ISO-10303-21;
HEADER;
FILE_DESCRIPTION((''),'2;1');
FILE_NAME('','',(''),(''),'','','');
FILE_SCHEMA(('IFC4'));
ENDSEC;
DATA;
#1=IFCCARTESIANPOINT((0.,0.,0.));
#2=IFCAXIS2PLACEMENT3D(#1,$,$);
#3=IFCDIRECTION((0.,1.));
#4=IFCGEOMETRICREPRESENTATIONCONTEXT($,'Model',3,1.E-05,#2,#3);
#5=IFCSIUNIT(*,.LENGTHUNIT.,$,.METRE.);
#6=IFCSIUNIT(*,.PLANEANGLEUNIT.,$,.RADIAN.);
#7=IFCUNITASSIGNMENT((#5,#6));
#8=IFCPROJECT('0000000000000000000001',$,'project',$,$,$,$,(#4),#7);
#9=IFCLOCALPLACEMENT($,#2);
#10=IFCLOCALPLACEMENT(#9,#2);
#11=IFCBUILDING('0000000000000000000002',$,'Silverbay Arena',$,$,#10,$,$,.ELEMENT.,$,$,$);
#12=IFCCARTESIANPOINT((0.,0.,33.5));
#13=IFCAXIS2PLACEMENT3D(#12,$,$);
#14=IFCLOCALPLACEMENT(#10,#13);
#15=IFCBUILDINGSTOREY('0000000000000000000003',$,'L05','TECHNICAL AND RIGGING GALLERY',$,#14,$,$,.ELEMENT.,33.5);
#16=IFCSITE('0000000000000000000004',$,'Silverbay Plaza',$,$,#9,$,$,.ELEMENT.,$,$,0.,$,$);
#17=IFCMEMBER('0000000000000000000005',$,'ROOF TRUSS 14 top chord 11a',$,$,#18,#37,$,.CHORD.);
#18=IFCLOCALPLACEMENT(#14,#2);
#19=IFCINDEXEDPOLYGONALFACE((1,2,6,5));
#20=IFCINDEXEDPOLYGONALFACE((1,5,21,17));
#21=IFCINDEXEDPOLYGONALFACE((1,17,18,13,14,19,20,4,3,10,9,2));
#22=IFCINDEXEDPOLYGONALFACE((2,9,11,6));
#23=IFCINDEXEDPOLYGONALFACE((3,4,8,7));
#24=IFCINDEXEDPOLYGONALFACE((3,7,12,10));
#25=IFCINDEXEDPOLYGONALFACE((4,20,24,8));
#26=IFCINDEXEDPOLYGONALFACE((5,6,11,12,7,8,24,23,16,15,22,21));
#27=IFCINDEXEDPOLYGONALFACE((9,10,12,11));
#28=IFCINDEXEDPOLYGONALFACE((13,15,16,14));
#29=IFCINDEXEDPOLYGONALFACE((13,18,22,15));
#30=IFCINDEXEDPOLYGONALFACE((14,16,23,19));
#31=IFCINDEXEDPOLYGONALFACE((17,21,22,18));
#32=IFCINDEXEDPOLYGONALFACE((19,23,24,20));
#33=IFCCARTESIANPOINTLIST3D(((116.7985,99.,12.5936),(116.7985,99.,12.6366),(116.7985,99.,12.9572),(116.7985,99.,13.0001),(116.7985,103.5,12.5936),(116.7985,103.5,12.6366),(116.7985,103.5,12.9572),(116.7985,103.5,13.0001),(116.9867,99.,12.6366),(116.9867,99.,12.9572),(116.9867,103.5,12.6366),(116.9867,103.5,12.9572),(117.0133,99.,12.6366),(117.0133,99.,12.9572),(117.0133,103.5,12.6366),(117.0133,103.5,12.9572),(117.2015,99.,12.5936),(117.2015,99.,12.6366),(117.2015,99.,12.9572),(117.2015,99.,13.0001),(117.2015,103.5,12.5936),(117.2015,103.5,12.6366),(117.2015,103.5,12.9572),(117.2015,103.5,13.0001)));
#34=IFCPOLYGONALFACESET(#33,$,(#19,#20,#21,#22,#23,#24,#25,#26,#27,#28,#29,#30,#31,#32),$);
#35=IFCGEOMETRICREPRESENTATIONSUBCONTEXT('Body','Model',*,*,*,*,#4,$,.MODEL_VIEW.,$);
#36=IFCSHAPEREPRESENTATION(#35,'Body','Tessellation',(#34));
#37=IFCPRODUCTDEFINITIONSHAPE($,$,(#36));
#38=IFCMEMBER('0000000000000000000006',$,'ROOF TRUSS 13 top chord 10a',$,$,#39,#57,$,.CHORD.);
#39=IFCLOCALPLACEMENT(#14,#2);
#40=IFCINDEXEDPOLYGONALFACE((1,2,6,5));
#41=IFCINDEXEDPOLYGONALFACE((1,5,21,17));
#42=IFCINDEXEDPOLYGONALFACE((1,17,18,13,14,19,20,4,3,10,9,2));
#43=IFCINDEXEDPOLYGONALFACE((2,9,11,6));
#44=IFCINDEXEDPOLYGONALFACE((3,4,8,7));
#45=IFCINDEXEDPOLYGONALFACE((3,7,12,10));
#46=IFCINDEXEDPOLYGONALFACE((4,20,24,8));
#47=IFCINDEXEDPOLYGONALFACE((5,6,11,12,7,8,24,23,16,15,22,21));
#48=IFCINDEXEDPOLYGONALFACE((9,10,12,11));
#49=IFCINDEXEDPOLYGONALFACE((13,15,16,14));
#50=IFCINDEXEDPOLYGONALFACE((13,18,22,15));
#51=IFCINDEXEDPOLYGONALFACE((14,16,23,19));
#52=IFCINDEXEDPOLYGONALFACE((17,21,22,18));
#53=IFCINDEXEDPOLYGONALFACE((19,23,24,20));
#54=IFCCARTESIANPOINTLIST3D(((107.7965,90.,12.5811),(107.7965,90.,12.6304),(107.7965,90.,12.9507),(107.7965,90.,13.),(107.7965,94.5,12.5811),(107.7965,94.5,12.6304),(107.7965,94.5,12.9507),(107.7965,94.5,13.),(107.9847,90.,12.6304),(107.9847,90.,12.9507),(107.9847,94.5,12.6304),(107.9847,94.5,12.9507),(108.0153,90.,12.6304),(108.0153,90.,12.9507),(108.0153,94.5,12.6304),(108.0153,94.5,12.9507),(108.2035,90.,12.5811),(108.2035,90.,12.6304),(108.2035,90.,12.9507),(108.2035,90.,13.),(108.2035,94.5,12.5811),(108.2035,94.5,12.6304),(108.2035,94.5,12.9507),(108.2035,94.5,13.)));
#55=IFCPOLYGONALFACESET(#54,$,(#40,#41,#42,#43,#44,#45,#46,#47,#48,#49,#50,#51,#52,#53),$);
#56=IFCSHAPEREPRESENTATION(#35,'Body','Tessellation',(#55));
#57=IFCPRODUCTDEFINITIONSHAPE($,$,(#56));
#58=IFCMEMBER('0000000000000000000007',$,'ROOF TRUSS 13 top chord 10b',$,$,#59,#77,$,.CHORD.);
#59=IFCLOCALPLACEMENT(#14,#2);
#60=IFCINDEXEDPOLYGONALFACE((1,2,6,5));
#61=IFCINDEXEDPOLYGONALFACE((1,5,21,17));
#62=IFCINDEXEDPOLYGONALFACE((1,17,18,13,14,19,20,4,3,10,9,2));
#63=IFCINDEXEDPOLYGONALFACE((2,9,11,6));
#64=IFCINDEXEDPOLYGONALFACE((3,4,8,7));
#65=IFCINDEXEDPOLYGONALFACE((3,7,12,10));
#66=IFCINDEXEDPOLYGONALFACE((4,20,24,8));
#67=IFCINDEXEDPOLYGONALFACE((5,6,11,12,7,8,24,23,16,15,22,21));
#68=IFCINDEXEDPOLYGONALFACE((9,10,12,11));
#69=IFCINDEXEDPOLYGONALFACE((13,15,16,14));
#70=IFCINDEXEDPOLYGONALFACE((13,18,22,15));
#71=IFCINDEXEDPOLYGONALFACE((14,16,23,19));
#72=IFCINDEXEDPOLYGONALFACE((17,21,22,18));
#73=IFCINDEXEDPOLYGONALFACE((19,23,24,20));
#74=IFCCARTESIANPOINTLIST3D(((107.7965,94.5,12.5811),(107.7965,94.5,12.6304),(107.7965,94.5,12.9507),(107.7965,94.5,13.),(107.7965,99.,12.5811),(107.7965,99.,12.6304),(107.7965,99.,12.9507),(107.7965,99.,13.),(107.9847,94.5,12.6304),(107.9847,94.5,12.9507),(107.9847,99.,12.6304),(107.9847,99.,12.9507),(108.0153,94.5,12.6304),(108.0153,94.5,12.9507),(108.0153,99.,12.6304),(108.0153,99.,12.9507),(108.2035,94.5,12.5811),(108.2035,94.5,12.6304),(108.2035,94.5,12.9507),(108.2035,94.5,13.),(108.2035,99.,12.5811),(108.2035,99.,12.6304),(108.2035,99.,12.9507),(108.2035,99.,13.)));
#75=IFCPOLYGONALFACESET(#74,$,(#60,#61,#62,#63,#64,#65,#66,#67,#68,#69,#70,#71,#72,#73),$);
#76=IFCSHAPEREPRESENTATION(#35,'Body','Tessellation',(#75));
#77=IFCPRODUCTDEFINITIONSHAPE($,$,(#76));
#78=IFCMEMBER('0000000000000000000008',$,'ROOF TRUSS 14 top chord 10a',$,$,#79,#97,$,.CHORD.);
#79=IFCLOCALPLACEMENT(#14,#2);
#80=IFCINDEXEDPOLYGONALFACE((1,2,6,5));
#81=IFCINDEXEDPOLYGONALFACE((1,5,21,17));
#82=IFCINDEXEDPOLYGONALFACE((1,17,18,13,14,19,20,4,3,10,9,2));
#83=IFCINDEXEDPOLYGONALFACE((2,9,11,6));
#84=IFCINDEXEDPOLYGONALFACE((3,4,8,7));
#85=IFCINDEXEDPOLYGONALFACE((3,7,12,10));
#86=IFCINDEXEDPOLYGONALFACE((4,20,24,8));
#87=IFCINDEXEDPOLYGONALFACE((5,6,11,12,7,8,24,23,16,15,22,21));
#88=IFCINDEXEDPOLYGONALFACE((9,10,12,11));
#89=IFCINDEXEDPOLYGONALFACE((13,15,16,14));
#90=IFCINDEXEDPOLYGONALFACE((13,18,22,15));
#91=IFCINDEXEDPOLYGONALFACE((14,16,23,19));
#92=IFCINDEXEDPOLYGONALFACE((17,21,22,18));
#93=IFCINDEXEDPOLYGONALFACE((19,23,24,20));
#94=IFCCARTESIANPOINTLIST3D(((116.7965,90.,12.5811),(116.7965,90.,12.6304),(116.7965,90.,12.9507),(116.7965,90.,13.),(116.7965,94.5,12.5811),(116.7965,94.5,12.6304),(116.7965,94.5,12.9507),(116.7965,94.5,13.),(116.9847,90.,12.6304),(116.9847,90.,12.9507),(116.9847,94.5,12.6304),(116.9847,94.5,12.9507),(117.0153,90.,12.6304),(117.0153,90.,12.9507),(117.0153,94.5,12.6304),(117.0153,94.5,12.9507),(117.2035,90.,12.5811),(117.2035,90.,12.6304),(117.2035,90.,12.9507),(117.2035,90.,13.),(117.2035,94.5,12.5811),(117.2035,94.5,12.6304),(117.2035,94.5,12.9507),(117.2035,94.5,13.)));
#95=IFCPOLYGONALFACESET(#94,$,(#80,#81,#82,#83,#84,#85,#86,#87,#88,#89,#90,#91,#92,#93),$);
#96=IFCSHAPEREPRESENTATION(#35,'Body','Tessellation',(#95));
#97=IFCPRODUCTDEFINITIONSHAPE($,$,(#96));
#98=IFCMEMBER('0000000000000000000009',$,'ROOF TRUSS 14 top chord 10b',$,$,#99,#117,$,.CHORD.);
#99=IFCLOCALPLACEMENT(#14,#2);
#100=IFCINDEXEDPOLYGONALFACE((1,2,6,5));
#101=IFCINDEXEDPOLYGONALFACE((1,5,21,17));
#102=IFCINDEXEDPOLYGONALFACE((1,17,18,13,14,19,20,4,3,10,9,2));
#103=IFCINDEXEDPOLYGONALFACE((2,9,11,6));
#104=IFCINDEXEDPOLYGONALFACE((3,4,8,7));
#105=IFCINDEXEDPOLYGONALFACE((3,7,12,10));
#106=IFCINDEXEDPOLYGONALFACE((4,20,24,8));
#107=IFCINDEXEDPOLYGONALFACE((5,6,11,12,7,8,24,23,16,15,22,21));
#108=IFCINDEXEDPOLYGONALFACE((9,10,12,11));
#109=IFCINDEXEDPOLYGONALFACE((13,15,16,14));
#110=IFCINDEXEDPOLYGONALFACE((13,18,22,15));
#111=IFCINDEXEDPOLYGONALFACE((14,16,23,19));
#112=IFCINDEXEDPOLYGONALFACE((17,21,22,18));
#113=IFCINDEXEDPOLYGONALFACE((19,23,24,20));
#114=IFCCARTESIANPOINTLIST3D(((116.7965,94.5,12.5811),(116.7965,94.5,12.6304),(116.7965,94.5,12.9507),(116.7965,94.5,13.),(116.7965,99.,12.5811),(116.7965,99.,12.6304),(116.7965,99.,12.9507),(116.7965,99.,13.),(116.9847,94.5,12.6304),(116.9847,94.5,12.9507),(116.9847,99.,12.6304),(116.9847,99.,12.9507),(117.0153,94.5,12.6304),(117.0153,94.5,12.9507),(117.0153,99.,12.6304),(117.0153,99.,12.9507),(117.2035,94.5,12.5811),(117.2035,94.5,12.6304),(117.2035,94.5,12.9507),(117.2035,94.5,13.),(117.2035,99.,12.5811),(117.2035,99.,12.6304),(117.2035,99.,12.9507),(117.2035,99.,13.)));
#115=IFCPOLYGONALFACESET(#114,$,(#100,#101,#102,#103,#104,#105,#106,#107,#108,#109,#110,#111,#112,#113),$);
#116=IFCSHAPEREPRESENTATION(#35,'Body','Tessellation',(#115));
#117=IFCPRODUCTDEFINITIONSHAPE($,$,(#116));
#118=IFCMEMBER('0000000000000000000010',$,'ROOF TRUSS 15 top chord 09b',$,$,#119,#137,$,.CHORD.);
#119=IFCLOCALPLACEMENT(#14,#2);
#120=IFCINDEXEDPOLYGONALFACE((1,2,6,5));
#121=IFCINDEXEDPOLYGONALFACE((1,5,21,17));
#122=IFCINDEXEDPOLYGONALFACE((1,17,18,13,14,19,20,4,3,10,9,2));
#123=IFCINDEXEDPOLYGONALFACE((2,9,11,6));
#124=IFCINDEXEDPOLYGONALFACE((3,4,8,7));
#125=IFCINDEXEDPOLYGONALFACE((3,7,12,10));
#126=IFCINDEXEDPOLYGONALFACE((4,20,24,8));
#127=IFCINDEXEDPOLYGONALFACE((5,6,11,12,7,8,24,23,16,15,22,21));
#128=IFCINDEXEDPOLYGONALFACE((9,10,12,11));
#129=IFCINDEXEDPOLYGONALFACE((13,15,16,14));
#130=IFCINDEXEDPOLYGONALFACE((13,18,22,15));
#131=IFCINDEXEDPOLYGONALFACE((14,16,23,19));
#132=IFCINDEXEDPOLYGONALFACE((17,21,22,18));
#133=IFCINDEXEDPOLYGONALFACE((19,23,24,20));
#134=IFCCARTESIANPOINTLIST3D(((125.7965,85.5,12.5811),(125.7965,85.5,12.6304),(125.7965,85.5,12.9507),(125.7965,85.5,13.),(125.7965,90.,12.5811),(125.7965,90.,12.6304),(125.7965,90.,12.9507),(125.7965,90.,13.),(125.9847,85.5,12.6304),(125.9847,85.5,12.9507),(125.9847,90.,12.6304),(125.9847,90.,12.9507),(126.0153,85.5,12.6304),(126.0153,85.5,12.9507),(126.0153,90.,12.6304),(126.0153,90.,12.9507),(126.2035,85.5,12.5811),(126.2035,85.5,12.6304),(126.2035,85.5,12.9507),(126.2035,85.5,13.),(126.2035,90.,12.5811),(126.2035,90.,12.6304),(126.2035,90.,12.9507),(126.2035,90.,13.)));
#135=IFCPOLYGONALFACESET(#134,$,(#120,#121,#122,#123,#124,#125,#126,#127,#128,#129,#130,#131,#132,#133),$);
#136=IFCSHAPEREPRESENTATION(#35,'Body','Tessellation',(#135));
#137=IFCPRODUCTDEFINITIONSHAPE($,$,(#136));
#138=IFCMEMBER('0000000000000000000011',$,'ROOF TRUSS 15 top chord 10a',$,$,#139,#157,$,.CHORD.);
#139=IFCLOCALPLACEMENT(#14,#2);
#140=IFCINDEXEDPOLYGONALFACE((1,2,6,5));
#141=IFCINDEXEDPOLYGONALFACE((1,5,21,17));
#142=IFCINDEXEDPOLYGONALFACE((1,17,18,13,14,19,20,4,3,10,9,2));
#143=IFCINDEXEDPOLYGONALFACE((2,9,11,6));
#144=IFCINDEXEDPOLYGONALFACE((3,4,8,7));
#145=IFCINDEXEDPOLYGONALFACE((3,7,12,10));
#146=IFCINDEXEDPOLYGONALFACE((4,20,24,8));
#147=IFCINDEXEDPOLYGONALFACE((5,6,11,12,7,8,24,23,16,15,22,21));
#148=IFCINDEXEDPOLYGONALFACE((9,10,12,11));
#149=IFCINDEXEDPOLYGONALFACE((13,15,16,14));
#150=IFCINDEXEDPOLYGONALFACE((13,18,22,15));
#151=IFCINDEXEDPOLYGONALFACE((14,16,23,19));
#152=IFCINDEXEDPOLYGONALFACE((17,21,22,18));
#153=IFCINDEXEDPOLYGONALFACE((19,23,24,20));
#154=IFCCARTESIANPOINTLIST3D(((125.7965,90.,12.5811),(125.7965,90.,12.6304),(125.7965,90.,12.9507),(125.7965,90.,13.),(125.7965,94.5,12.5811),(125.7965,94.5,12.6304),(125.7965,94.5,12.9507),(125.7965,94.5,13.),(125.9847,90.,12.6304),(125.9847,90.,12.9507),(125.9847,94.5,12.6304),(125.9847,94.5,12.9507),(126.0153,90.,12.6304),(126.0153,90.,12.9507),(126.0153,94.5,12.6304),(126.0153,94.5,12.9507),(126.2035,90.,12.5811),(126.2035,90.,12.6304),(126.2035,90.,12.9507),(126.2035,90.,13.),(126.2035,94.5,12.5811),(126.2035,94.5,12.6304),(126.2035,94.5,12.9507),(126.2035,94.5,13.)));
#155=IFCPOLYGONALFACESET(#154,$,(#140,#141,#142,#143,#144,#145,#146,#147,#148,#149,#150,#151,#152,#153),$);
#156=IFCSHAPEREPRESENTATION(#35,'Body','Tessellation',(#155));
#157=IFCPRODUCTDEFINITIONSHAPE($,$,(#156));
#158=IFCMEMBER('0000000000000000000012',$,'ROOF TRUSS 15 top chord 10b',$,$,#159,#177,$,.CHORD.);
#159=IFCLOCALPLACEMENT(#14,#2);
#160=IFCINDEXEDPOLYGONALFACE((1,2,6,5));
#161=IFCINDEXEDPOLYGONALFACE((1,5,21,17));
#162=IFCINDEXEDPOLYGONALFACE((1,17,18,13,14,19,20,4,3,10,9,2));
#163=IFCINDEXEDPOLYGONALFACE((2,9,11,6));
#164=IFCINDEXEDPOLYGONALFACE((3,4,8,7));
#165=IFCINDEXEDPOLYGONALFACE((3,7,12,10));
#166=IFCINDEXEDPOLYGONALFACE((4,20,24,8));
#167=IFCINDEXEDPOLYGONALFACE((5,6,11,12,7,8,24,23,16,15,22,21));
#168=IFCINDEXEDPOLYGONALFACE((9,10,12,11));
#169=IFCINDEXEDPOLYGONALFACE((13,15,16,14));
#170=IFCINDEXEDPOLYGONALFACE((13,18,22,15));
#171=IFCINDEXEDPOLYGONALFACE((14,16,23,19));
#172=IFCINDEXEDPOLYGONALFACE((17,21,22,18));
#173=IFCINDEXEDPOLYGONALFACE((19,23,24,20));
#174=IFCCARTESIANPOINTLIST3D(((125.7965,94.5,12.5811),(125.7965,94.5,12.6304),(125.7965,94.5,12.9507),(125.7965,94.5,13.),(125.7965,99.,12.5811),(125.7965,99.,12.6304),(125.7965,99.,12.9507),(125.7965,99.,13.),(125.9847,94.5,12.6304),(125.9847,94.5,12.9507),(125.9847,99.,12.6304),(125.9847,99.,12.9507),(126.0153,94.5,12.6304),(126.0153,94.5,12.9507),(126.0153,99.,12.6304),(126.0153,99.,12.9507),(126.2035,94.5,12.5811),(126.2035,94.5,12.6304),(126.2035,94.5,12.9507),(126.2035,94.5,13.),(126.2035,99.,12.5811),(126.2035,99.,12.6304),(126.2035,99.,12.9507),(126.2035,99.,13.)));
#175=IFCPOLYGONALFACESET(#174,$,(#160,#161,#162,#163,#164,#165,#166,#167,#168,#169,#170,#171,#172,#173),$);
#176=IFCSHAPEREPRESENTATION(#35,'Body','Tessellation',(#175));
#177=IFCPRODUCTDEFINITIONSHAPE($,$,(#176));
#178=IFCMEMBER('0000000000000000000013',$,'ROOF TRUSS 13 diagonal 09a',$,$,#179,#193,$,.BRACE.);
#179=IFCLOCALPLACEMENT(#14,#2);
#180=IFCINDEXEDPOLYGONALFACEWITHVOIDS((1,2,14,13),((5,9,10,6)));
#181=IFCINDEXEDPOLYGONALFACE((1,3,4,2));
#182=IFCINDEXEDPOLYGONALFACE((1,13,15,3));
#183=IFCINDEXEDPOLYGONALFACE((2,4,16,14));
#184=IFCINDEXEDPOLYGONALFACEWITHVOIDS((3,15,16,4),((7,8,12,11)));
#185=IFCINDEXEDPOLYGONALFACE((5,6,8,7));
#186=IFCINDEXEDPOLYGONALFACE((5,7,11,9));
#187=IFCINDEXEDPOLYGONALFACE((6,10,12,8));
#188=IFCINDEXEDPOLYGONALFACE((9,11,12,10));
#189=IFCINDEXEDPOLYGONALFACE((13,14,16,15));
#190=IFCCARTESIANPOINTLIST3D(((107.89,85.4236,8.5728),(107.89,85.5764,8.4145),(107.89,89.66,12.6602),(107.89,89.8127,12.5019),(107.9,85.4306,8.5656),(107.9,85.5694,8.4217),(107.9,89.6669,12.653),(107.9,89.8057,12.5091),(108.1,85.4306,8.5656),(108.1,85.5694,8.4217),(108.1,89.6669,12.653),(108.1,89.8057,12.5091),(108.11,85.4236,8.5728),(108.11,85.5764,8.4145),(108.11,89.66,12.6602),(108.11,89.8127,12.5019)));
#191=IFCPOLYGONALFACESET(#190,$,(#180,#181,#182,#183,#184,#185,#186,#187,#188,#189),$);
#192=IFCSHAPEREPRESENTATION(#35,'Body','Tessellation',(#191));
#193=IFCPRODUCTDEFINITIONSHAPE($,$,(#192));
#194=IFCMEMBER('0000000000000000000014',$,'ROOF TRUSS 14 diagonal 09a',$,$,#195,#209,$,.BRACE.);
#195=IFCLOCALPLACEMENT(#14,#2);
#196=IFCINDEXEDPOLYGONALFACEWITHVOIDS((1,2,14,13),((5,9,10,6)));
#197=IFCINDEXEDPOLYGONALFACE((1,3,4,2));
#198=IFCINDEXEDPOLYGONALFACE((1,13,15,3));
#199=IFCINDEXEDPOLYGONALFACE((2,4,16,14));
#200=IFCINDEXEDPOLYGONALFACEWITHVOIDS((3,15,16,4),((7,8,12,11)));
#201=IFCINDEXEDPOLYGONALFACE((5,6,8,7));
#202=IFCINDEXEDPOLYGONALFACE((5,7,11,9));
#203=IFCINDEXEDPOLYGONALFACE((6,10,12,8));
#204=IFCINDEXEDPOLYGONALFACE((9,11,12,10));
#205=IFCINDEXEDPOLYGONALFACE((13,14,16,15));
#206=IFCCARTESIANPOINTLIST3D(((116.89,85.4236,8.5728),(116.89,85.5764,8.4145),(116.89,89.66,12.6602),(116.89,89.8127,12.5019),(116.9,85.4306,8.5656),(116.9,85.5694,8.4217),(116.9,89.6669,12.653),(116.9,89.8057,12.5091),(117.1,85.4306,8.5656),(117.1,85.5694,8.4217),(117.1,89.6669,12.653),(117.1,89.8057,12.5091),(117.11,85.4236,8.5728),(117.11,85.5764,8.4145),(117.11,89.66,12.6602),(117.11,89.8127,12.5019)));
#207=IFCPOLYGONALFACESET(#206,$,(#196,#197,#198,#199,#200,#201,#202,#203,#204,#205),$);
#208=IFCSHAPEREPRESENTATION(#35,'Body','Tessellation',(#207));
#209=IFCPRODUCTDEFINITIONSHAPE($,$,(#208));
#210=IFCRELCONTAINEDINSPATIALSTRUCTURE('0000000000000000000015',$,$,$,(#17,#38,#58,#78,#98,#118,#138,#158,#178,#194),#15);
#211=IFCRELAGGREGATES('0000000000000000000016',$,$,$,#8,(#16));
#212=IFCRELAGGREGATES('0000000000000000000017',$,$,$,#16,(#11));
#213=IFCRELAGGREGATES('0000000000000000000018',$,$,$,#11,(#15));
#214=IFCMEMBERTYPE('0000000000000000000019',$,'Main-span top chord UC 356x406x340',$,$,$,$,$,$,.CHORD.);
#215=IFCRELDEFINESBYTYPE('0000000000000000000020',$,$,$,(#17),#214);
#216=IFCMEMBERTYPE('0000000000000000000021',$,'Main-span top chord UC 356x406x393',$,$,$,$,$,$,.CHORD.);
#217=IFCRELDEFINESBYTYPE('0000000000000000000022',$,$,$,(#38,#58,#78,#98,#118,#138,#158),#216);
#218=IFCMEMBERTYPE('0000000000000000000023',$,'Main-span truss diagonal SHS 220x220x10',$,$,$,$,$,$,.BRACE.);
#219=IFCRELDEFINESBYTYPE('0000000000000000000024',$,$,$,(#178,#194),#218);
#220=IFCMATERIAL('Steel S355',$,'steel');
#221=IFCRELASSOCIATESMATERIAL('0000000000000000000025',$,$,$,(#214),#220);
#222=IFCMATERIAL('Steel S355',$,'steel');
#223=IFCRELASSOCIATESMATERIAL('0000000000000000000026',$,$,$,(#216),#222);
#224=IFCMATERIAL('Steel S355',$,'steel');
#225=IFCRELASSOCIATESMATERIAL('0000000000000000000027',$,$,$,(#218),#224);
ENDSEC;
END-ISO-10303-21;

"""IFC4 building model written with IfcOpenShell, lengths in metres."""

from ifc_helpers import new_model, si_unit, direction, frame, origin, origin_2d, place, context, subcontext, project, spatial, hollow_rectangle, i_section, extrude, material, material_profile, profile_set, type_object, element, save


model = new_model("IFC4")

# Units and contexts
model_context = context("Model", 3, precision=1e-05, world=origin(), true_north=direction((0.0, 1.0)))
body_context = subcontext(model_context, "Body", "Model", "MODEL_VIEW")
ifc_project = project(units=[si_unit("LENGTHUNIT", "METRE"), si_unit("PLANEANGLEUNIT", "RADIAN")], contexts=[model_context])

# Site, building, storey
site_placement = place(None, origin())
site = spatial("IfcSite", under=ifc_project, at=site_placement, Name="Silverbay Plaza", CompositionType="ELEMENT", RefElevation=0.0)
building_placement = place(site_placement, origin())
building = spatial("IfcBuilding", under=site, at=building_placement, Name="Silverbay Arena", CompositionType="ELEMENT")
storey_placement = place(building_placement, frame((0.0, 0.0, 33.5)))
storey = spatial("IfcBuildingStorey", under=building, at=storey_placement, Name="L05", Description="TECHNICAL AND RIGGING GALLERY", CompositionType="ELEMENT", Elevation=33.5)

# Members
ifc_material_1 = material(Name="Steel S355", Category="steel")
ifc_material_profile_1 = material_profile(ifc_material_1, i_section(OverallWidth=0.4031, OverallDepth=0.4065, WebThickness=0.0266, FlangeThickness=0.043, at=origin_2d()), Name="UC 356x406x340")
ifc_profile_set_1 = profile_set([ifc_material_profile_1], Name="Steel S355")
member_type_1 = type_object("IfcMemberType", Name="Main-span top chord UC 356x406x340", PredefinedType="CHORD", material=ifc_profile_set_1)
for number, where, z_axis, x_axis, name in (
    (1, (117.0, 99.0, 12.7969), (0.0, 1.0, 0.0), (-1.0, 0.0, 0.0), "ROOF TRUSS 14 top chord 11a"),
):
    element("IfcMember", number, at=place(storey_placement, frame(where, z_axis=z_axis, x_axis=x_axis)), inside=storey, type_object=member_type_1, Name=name, PredefinedType="CHORD", context=body_context, shape_type="SweptSolid", body=[
        extrude(i_section(OverallWidth=0.4031, OverallDepth=0.4065, WebThickness=0.0266, FlangeThickness=0.043, at=origin_2d()), origin(), (0.0, 0.0, 1.0), 4.5),
    ])
ifc_material_2 = material(Name="Steel S355", Category="steel")
ifc_material_profile_2 = material_profile(ifc_material_2, i_section(OverallWidth=0.407, OverallDepth=0.4189, WebThickness=0.0305, FlangeThickness=0.0493, at=origin_2d()), Name="UC 356x406x393")
ifc_profile_set_2 = profile_set([ifc_material_profile_2], Name="Steel S355")
member_type_2 = type_object("IfcMemberType", Name="Main-span top chord UC 356x406x393", PredefinedType="CHORD", material=ifc_profile_set_2)
for number, where, z_axis, x_axis, name in (
    (2, (108.0, 90.0, 12.7905), (0.0, 1.0, 0.0), (-1.0, 0.0, 0.0), "ROOF TRUSS 13 top chord 10a"),
    (3, (108.0, 94.5, 12.7905), (0.0, 1.0, 0.0), (-1.0, 0.0, 0.0), "ROOF TRUSS 13 top chord 10b"),
    (4, (117.0, 90.0, 12.7905), (0.0, 1.0, 0.0), (-1.0, 0.0, 0.0), "ROOF TRUSS 14 top chord 10a"),
    (5, (117.0, 94.5, 12.7905), (0.0, 1.0, 0.0), (-1.0, 0.0, 0.0), "ROOF TRUSS 14 top chord 10b"),
    (6, (126.0, 85.5, 12.7905), (0.0, 1.0, 0.0), (-1.0, 0.0, 0.0), "ROOF TRUSS 15 top chord 09b"),
    (7, (126.0, 90.0, 12.7905), (0.0, 1.0, 0.0), (-1.0, 0.0, 0.0), "ROOF TRUSS 15 top chord 10a"),
    (8, (126.0, 94.5, 12.7905), (0.0, 1.0, 0.0), (-1.0, 0.0, 0.0), "ROOF TRUSS 15 top chord 10b"),
):
    element("IfcMember", number, at=place(storey_placement, frame(where, z_axis=z_axis, x_axis=x_axis)), inside=storey, type_object=member_type_2, Name=name, PredefinedType="CHORD", context=body_context, shape_type="SweptSolid", body=[
        extrude(i_section(OverallWidth=0.407, OverallDepth=0.4189, WebThickness=0.0305, FlangeThickness=0.0493, at=origin_2d()), origin(), (0.0, 0.0, 1.0), 4.5),
    ])
ifc_material_3 = material(Name="Steel S355", Category="steel")
ifc_material_profile_3 = material_profile(ifc_material_3, hollow_rectangle(XDim=0.22, YDim=0.22, WallThickness=0.01, at=origin_2d()), Name="SHS 220x220x10")
ifc_profile_set_3 = profile_set([ifc_material_profile_3], Name="Steel S355")
member_type_3 = type_object("IfcMemberType", Name="Main-span truss diagonal SHS 220x220x10", PredefinedType="BRACE", material=ifc_profile_set_3)
for number, where, z_axis, x_axis, name in (
    (9, (108.0, 89.7363, 12.5811), (0.0, -0.719643, -0.694344), (1.0, 0.0, 0.0), "ROOF TRUSS 13 diagonal 09a"),
    (10, (117.0, 89.7363, 12.5811), (0.0, -0.719643, -0.694344), (1.0, 0.0, 0.0), "ROOF TRUSS 14 diagonal 09a"),
):
    element("IfcMember", number, at=place(storey_placement, frame(where, z_axis=z_axis, x_axis=x_axis)), inside=storey, type_object=member_type_3, Name=name, PredefinedType="BRACE", context=body_context, shape_type="SweptSolid", body=[
        extrude(hollow_rectangle(XDim=0.22, YDim=0.22, WallThickness=0.01, at=origin_2d()), origin(), (0.0, 0.0, 1.0), 5.8867),
    ])

save(model, "model.ifc")
